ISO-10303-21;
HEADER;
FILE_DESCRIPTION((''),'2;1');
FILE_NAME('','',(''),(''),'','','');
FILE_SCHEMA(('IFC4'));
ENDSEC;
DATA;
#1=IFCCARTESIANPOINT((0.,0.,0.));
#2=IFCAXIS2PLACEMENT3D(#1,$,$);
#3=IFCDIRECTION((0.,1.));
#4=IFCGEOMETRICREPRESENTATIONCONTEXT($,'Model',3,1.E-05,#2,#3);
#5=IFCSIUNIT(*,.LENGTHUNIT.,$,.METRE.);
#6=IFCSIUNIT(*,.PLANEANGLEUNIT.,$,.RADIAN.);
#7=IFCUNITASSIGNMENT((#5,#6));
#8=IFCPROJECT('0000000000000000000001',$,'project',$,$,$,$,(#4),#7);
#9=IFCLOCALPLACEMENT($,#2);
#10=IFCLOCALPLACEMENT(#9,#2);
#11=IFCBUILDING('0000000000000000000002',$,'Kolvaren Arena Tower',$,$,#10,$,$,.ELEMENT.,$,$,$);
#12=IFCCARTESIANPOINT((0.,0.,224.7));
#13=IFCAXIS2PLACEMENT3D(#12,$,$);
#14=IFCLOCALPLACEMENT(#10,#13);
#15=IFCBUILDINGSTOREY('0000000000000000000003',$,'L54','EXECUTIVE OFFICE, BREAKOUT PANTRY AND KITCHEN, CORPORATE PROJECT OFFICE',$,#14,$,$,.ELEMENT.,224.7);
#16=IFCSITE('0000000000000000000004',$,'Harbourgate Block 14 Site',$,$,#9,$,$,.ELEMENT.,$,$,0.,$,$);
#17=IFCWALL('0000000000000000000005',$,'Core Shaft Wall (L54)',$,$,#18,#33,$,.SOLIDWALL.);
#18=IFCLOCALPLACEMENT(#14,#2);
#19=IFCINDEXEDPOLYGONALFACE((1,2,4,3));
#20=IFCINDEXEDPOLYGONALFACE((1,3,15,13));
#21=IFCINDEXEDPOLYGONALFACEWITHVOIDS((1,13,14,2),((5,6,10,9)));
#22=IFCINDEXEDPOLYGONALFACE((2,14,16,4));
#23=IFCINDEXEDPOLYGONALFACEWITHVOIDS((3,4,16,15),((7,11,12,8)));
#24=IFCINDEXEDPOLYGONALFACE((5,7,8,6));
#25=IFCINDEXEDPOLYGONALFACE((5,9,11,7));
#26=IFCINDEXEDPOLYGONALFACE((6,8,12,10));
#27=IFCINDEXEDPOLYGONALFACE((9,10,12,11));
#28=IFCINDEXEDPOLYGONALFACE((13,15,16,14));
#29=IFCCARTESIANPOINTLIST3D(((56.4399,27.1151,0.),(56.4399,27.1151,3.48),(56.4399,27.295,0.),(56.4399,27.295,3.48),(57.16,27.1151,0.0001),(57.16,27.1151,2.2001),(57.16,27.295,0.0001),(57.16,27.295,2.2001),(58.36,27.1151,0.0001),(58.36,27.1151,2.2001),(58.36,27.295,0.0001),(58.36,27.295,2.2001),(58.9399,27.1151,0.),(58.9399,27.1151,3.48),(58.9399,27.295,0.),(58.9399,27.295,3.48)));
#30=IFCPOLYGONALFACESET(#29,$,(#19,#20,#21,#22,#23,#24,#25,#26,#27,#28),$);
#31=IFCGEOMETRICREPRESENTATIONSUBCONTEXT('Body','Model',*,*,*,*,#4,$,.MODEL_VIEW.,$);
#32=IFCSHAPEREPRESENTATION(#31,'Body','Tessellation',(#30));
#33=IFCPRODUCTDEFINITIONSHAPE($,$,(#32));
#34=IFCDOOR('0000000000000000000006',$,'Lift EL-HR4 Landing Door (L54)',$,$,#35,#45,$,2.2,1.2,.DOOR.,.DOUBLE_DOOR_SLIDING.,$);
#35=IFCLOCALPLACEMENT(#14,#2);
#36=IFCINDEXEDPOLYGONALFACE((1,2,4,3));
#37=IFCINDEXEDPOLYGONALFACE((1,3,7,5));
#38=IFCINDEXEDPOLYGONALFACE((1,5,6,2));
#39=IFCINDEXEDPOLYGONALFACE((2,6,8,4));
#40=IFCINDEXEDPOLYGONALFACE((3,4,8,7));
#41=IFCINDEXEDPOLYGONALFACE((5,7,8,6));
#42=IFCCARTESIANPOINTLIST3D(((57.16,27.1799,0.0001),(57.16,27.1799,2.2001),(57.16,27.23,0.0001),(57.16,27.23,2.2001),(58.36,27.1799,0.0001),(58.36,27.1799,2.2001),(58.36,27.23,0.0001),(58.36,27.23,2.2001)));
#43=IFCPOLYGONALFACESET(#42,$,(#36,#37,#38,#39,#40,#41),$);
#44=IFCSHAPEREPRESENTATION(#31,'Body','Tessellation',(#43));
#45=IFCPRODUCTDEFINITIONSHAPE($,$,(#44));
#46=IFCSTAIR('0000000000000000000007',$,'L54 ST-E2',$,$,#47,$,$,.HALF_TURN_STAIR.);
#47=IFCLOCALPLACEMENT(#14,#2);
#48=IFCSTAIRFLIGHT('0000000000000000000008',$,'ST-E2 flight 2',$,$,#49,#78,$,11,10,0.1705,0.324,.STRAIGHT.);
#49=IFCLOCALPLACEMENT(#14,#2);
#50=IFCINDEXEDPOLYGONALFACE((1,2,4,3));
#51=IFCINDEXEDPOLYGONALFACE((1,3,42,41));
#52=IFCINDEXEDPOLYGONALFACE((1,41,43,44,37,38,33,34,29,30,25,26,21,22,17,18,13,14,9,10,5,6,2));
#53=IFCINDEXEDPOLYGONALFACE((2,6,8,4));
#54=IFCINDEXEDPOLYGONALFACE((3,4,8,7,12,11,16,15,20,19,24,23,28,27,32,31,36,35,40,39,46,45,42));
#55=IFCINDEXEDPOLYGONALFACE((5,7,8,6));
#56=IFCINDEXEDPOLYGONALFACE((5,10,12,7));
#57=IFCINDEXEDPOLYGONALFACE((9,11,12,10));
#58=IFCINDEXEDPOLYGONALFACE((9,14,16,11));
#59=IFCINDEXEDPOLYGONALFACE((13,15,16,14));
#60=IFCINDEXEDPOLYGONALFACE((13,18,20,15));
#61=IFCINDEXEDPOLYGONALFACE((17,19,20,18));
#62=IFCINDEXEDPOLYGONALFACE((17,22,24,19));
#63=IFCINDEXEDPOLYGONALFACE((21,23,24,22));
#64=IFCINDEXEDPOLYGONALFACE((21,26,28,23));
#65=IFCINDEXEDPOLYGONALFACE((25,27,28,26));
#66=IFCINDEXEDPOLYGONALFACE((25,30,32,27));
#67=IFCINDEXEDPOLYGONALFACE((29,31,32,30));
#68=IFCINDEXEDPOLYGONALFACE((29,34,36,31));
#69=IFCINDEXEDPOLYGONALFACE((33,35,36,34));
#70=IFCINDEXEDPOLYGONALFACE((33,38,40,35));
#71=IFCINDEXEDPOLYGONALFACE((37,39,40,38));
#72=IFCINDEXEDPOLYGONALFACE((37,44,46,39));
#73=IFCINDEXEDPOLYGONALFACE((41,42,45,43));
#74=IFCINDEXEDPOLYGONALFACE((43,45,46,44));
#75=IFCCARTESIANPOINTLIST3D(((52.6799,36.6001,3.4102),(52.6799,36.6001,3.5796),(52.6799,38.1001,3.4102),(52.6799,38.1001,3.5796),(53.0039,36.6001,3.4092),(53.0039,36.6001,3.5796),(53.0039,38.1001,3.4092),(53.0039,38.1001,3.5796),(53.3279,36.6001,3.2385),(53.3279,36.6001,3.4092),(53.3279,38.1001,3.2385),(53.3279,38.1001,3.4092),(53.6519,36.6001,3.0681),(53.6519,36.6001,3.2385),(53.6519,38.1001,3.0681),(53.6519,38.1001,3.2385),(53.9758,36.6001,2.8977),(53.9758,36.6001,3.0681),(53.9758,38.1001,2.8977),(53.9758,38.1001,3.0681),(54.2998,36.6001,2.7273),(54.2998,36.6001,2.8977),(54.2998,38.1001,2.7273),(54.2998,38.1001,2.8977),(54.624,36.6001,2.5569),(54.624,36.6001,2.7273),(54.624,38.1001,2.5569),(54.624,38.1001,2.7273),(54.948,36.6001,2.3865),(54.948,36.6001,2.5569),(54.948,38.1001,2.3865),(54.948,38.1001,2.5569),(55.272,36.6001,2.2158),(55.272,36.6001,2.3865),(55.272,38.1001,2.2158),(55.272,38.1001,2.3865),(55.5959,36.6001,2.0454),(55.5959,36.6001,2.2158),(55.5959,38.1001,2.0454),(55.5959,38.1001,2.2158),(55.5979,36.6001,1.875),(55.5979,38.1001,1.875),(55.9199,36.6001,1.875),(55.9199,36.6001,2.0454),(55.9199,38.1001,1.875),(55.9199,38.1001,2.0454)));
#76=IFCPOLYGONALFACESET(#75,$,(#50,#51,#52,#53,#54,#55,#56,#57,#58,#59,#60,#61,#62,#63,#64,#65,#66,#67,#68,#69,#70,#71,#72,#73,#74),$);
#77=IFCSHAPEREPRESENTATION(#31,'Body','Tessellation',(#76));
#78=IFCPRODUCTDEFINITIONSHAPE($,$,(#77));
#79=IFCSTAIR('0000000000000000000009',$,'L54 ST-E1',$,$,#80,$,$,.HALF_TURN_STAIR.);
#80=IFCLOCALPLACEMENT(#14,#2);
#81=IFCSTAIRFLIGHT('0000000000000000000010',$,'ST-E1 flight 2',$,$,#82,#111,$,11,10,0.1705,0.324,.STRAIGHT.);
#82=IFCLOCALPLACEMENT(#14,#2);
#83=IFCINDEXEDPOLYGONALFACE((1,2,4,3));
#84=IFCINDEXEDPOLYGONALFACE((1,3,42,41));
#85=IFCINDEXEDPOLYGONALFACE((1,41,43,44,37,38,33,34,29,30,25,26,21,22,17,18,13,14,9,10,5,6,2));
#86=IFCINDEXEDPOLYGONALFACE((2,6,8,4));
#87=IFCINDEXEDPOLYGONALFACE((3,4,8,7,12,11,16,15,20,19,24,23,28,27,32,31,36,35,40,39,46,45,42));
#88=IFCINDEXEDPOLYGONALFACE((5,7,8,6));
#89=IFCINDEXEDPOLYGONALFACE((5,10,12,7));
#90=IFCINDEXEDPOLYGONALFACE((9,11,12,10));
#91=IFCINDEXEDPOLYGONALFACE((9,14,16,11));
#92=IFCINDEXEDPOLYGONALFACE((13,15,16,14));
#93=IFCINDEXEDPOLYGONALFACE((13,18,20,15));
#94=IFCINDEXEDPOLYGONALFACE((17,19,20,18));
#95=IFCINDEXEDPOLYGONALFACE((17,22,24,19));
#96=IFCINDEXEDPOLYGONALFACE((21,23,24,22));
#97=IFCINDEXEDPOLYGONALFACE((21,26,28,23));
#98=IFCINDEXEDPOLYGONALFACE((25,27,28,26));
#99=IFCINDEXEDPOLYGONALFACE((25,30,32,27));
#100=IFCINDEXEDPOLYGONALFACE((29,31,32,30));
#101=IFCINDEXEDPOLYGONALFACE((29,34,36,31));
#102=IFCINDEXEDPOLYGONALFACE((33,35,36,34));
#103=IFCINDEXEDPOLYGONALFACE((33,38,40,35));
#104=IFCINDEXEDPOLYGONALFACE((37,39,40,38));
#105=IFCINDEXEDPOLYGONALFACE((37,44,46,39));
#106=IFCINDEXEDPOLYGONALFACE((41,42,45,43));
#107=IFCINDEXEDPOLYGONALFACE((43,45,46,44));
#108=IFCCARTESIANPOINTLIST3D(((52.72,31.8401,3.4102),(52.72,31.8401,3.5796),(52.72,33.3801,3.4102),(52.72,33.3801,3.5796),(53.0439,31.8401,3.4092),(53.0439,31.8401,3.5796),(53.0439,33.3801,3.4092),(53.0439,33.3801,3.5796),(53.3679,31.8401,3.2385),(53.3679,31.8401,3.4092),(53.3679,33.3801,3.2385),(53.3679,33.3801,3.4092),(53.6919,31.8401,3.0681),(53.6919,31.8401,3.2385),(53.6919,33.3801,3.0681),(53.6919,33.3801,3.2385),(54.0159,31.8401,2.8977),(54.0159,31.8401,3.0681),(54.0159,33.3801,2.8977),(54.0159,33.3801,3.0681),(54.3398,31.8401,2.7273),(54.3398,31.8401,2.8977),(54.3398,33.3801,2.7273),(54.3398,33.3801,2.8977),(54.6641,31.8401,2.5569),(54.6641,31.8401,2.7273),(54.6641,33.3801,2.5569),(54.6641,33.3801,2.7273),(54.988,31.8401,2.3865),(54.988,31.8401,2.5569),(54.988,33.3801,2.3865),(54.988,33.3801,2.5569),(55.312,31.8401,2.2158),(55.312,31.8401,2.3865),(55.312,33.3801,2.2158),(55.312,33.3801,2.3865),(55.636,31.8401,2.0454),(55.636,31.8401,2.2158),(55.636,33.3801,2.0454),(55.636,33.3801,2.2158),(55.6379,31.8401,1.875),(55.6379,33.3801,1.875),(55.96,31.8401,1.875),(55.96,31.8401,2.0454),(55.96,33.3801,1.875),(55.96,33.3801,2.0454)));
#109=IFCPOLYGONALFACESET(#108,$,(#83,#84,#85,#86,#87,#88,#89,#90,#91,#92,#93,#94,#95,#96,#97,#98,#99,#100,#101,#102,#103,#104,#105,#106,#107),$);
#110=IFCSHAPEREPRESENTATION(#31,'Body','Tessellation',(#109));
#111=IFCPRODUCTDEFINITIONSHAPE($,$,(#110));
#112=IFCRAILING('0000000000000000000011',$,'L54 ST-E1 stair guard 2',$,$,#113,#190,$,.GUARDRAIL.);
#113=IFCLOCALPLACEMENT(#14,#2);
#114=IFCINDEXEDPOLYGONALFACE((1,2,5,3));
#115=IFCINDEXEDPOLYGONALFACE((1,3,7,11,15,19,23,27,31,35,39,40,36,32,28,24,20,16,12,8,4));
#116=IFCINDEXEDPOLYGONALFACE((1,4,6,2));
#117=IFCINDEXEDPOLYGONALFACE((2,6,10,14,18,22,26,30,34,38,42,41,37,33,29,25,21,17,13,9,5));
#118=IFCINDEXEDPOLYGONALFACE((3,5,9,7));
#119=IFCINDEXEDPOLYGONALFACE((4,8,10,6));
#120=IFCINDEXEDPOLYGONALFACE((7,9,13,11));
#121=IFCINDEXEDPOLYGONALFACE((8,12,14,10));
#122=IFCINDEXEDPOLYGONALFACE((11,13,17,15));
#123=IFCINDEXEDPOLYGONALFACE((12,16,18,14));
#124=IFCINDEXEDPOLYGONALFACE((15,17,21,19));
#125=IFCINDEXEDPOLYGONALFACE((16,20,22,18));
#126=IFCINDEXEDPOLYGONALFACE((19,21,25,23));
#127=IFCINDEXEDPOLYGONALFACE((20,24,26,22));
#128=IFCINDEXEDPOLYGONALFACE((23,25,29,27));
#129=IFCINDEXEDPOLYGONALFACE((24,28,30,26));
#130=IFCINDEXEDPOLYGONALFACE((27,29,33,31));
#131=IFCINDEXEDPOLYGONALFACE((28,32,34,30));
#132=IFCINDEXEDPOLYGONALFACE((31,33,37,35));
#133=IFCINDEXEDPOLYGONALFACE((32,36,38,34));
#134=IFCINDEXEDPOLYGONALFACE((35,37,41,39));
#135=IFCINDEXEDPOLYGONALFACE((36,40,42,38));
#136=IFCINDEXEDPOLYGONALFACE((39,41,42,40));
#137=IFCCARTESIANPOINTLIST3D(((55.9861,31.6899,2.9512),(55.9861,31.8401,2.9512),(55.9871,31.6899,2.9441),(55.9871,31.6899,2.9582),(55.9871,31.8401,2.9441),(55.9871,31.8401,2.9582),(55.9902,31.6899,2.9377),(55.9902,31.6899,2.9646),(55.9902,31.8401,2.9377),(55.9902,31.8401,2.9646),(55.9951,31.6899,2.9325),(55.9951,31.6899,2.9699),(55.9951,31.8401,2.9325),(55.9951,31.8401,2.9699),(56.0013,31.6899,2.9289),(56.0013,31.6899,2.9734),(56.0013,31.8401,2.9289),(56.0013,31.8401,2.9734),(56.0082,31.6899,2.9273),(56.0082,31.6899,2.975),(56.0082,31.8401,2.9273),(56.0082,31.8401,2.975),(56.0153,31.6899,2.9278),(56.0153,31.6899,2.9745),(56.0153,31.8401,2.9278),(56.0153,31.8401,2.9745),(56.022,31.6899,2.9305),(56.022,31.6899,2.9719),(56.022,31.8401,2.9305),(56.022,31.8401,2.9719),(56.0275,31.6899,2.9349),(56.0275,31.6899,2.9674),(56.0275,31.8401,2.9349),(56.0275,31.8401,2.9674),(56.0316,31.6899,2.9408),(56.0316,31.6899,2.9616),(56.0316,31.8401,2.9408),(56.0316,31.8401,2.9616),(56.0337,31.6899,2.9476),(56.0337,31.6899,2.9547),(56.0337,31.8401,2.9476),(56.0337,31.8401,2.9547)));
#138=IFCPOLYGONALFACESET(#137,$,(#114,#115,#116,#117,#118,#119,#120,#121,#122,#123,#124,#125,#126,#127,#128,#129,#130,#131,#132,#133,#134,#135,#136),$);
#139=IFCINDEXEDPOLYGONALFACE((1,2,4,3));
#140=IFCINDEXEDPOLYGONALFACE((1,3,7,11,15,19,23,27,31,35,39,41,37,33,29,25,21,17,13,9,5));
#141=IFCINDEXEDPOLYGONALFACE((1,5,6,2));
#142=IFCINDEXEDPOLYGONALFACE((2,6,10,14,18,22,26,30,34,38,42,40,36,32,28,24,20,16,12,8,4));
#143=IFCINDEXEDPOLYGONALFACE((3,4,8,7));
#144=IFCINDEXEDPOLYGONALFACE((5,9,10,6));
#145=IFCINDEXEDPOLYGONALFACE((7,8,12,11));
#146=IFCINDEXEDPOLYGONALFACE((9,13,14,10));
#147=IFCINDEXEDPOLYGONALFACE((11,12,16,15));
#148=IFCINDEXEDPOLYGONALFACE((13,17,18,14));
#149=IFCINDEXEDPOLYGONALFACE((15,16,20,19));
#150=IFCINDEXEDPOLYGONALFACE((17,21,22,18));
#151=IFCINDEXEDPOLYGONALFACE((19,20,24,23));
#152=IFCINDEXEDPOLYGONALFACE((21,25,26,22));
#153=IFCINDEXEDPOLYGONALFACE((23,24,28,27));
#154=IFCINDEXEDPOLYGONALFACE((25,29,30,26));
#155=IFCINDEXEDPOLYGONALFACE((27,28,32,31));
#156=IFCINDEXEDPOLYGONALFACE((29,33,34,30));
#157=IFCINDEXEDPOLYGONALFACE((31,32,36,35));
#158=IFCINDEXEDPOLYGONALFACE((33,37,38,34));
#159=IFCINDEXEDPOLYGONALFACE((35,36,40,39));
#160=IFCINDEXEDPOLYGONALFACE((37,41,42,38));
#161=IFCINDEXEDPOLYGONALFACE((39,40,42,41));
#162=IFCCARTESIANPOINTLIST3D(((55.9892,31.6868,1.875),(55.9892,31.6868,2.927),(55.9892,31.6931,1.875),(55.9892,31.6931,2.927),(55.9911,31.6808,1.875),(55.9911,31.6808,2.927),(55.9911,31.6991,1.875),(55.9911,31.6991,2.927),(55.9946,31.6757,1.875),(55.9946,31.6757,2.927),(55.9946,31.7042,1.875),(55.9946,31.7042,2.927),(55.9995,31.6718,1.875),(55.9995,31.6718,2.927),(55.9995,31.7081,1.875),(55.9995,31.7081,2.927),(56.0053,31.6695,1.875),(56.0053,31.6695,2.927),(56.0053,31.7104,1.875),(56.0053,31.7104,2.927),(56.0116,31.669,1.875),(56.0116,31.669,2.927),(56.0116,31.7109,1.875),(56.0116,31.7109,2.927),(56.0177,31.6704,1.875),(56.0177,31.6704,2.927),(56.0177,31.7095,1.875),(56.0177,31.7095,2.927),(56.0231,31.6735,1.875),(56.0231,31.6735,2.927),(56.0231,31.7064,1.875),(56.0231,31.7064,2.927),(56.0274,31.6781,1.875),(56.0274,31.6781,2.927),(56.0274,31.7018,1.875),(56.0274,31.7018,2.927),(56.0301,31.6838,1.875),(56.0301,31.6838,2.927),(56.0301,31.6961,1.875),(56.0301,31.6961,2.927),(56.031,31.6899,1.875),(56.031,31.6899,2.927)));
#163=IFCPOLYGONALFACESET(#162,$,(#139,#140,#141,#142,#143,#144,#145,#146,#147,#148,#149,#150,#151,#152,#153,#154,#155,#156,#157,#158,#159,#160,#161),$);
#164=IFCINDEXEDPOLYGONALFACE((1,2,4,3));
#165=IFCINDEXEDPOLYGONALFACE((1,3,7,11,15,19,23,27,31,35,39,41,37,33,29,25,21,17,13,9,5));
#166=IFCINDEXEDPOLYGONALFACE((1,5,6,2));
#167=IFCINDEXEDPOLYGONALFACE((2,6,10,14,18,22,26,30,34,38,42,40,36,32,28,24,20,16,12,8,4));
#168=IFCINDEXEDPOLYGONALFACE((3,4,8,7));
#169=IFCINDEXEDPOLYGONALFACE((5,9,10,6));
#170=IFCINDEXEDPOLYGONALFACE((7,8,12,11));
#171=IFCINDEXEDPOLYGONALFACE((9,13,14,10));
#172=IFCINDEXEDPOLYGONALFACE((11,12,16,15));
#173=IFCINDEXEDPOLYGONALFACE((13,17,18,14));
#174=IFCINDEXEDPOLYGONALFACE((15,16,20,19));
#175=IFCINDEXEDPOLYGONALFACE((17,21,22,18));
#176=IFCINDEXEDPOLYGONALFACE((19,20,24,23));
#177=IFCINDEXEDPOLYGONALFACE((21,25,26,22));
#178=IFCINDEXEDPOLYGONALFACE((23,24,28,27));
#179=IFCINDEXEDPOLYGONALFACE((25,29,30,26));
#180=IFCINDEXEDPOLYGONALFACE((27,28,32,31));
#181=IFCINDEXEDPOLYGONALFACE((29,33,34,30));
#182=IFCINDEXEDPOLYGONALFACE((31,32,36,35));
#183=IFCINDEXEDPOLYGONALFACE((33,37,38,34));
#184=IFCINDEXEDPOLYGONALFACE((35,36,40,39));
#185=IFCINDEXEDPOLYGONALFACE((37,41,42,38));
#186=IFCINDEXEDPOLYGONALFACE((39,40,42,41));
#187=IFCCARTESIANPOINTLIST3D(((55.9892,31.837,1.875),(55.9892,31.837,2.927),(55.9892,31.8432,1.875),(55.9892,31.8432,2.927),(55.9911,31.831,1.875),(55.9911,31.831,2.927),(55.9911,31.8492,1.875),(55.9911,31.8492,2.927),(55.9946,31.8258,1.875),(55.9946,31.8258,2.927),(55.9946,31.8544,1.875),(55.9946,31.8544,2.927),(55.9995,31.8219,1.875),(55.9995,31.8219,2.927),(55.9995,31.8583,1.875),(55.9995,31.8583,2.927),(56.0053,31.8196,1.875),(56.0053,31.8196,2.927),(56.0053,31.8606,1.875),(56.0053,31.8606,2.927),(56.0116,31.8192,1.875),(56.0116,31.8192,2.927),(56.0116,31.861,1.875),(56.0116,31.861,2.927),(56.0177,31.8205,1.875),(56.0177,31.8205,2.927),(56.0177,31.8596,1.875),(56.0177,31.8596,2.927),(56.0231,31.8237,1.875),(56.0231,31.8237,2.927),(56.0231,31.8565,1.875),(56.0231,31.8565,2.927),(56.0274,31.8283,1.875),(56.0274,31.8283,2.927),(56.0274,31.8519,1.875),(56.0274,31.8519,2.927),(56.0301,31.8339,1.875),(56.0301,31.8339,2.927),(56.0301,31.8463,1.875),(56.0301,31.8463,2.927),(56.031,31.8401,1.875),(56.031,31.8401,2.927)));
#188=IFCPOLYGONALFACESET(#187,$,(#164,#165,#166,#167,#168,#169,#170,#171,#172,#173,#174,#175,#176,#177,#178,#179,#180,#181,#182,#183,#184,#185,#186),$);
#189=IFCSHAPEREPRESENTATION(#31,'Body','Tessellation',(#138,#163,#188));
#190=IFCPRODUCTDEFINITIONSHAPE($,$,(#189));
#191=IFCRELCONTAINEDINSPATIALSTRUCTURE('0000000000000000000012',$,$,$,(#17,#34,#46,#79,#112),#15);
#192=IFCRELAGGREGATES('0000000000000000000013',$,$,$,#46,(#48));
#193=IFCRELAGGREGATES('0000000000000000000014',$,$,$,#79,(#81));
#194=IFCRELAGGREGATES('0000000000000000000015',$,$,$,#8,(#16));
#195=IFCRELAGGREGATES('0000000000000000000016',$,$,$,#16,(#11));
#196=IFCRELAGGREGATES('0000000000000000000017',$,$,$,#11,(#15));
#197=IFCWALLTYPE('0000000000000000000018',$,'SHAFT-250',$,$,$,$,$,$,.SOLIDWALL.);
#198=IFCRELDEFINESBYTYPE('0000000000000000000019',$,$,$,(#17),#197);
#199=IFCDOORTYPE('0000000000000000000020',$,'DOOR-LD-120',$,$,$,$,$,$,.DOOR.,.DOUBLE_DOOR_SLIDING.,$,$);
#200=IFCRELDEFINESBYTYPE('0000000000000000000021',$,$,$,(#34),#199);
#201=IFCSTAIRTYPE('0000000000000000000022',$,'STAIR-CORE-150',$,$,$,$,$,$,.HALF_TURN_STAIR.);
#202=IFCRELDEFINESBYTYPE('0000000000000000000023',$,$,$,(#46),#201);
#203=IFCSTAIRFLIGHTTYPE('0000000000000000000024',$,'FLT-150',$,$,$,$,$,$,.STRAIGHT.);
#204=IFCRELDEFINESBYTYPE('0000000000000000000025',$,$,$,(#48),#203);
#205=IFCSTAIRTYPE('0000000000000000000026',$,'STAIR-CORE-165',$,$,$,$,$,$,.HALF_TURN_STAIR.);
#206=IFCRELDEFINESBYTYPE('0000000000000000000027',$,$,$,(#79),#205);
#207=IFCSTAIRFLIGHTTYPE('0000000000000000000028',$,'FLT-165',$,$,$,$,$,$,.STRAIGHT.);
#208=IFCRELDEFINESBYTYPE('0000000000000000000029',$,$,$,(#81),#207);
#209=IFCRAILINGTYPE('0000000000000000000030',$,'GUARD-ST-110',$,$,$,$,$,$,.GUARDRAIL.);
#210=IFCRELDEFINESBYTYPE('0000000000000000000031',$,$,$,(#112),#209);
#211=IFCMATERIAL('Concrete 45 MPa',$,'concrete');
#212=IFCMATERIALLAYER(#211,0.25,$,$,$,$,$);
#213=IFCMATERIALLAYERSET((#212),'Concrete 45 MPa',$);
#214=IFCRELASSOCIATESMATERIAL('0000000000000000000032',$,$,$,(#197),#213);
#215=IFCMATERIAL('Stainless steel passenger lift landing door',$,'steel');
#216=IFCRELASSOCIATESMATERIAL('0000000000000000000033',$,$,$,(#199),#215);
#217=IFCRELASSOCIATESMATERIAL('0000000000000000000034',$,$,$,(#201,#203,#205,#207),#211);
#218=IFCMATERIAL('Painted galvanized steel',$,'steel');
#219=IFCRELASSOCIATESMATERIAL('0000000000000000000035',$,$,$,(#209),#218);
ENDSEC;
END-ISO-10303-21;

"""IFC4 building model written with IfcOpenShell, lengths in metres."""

from ifc_helpers import new_model, si_unit, direction, frame, frame_2d, origin, origin_2d, place, context, subcontext, project, spatial, polyline, rectangle, circle, outline, extrude, material, layer, layer_set, type_object, element, fill, aggregate, save


model = new_model("IFC4")

# Units and contexts
model_context = context("Model", 3, precision=1e-05, world=origin(), true_north=direction((0.0, 1.0)))
body_context = subcontext(model_context, "Body", "Model", "MODEL_VIEW")
ifc_project = project(units=[si_unit("LENGTHUNIT", "METRE"), si_unit("PLANEANGLEUNIT", "RADIAN")], contexts=[model_context])

# Site, building, storey
site_placement = place(None, origin())
site = spatial("IfcSite", under=ifc_project, at=site_placement, Name="Harbourgate Block 14 Site", CompositionType="ELEMENT", RefElevation=0.0)
building_placement = place(site_placement, origin())
building = spatial("IfcBuilding", under=site, at=building_placement, Name="Kolvaren Arena Tower", CompositionType="ELEMENT")
storey_placement = place(building_placement, frame((0.0, 0.0, 224.7)))
storey = spatial("IfcBuildingStorey", under=building, at=storey_placement, Name="L54", Description="EXECUTIVE OFFICE, BREAKOUT PANTRY AND KITCHEN, CORPORATE PROJECT OFFICE", CompositionType="ELEMENT", Elevation=224.7)

# Shared definitions
ifc_material_1 = material(Name="Concrete 45 MPa", Category="concrete")
ifc_layer = layer(ifc_material_1, 0.25)
ifc_layer_set = layer_set([ifc_layer], Name="Concrete 45 MPa")
wall_type = type_object("IfcWallType", Name="SHAFT-250", PredefinedType="SOLIDWALL", material=ifc_layer_set)

# Wall, opening, door
wall_1_placement = place(storey_placement, frame((56.4399, 27.2051, 0.0), z_axis=(0.0, 0.0, 1.0), x_axis=(1.0, 0.0, 0.0)))
wall_1 = element("IfcWall", 1, at=wall_1_placement, inside=storey, type_object=wall_type, Name="Core Shaft Wall (L54)", PredefinedType="SOLIDWALL", context=body_context, shape_type="SweptSolid", body=[
    extrude(rectangle(XDim=2.5, YDim=0.1799, at=frame_2d((1.25, 0.0))), origin(), (0.0, 0.0, 1.0), 3.48),
])
opening_1_placement = place(wall_1_placement, frame((0.72, 0.0, 0.0)))
opening_1 = element("IfcOpeningElement", 2, at=opening_1_placement, cuts=wall_1, PredefinedType="OPENING", context=body_context, shape_type="SweptSolid", body=[
    extrude(rectangle(XDim=1.2, YDim=2.2, at=frame_2d((0.6001, 1.1001))), frame((0.0, 0.0999, 0.0), z_axis=(0.0, -1.0, 0.0), x_axis=(1.0, 0.0, 0.0)), (0.0, 0.0, 1.0), 0.2),
])
ifc_material_2 = material(Name="Stainless steel passenger lift landing door", Category="steel")
door_type_1 = type_object("IfcDoorType", Name="DOOR-LD-120", OperationType="DOUBLE_DOOR_SLIDING", PredefinedType="DOOR", material=ifc_material_2)
door_1_placement = place(opening_1_placement, origin())
door_1 = element("IfcDoor", 3, at=door_1_placement, inside=storey, type_object=door_type_1, Name="Lift EL-HR4 Landing Door (L54)", OperationType="DOUBLE_DOOR_SLIDING", OverallHeight=2.2, OverallWidth=1.2, PredefinedType="DOOR", context=body_context, shape_type="SweptSolid", body=[
    extrude(rectangle(XDim=1.2, YDim=2.2, at=frame_2d((0.6001, 1.1001))), frame((0.0, 0.0249, 0.0), z_axis=(0.0, -1.0, 0.0), x_axis=(1.0, 0.0, 0.0)), (0.0, 0.0, 1.0), 0.05),
])
fill(opening_1, door_1)

# Stairs, stair flights
stair_type_1 = type_object("IfcStairType", Name="STAIR-CORE-150", PredefinedType="HALF_TURN_STAIR", material=ifc_material_1)
stair_1_placement = place(storey_placement, origin())
stair_1 = element("IfcStair", 4, at=stair_1_placement, inside=storey, type_object=stair_type_1, Name="L54 ST-E2", PredefinedType="HALF_TURN_STAIR")
stair_flight_type_1 = type_object("IfcStairFlightType", Name="FLT-150", PredefinedType="STRAIGHT", material=ifc_material_1)
stair_flight_1_placement = place(storey_placement, frame((55.9199, 37.3501, 1.875), z_axis=(0.0, 0.0, 1.0), x_axis=(-1.0, 0.0, 0.0)))
stair_flight_1 = element("IfcStairFlight", 5, at=stair_flight_1_placement, type_object=stair_flight_type_1, Name="ST-E2 flight 2", NumberOfRisers=11, NumberOfTreads=10, PredefinedType="STRAIGHT", RiserHeight=0.1705, TreadLength=0.324, context=body_context, shape_type="SweptSolid", body=[
    extrude(outline(polyline([(0.0, 0.0), (0.0, 0.1704), (0.324, 0.1704), (0.324, 0.3408), (0.6479, 0.3408), (0.6479, 0.5115), (0.9719, 0.5115), (0.9719, 0.6819), (1.2959, 0.6819), (1.2959, 0.8523), (1.6201, 0.8523), (1.6201, 1.0227), (1.9441, 1.0227), (1.9441, 1.1931), (2.2681, 1.1931), (2.2681, 1.3635), (2.592, 1.3635), (2.592, 1.5342), (2.916, 1.5342), (2.916, 1.7046), (3.24, 1.7046), (3.24, 1.875), (3.24, 1.5352), (0.322, 0.0), (0.0, 0.0)])), frame((0.0, 0.75, 0.0), z_axis=(0.0, -1.0, 0.0), x_axis=(1.0, 0.0, 0.0)), (0.0, 0.0, 1.0), 1.5),
])
aggregate(stair_1, [stair_flight_1])
stair_type_2 = type_object("IfcStairType", Name="STAIR-CORE-165", PredefinedType="HALF_TURN_STAIR", material=ifc_material_1)
stair_2_placement = place(storey_placement, origin())
stair_2 = element("IfcStair", 6, at=stair_2_placement, inside=storey, type_object=stair_type_2, Name="L54 ST-E1", PredefinedType="HALF_TURN_STAIR")
stair_flight_type_2 = type_object("IfcStairFlightType", Name="FLT-165", PredefinedType="STRAIGHT", material=ifc_material_1)
stair_flight_2_placement = place(storey_placement, frame((55.96, 32.6101, 1.875), z_axis=(0.0, 0.0, 1.0), x_axis=(-1.0, 0.0, 0.0)))
stair_flight_2 = element("IfcStairFlight", 7, at=stair_flight_2_placement, type_object=stair_flight_type_2, Name="ST-E1 flight 2", NumberOfRisers=11, NumberOfTreads=10, PredefinedType="STRAIGHT", RiserHeight=0.1705, TreadLength=0.324, context=body_context, shape_type="SweptSolid", body=[
    extrude(outline(polyline([(0.0, 0.0), (0.0, 0.1704), (0.324, 0.1704), (0.324, 0.3408), (0.6479, 0.3408), (0.6479, 0.5115), (0.9719, 0.5115), (0.9719, 0.6819), (1.2959, 0.6819), (1.2959, 0.8523), (1.6201, 0.8523), (1.6201, 1.0227), (1.9441, 1.0227), (1.9441, 1.1931), (2.2681, 1.1931), (2.2681, 1.3635), (2.592, 1.3635), (2.592, 1.5342), (2.916, 1.5342), (2.916, 1.7046), (3.24, 1.7046), (3.24, 1.875), (3.24, 1.5352), (0.322, 0.0), (0.0, 0.0)])), frame((0.0, 0.77, 0.0), z_axis=(0.0, -1.0, 0.0), x_axis=(1.0, 0.0, 0.0)), (0.0, 0.0, 1.0), 1.54),
])
aggregate(stair_2, [stair_flight_2])

# Railing
ifc_material_3 = material(Name="Painted galvanized steel", Category="steel")
railing_type_1 = type_object("IfcRailingType", Name="GUARD-ST-110", PredefinedType="GUARDRAIL", material=ifc_material_3)
railing_1_placement = place(storey_placement, frame((56.01, 31.6899, 1.875)))
element("IfcRailing", 8, at=railing_1_placement, inside=storey, type_object=railing_type_1, Name="L54 ST-E1 stair guard 2", PredefinedType="GUARDRAIL", context=body_context, shape_type="SweptSolid", body=[
    extrude(circle(Radius=0.0239, at=origin_2d()), frame((0.0, 0.0, 1.0762), z_axis=(0.0, 1.0, 0.0), x_axis=(-1.0, 0.0, 0.0)), (0.0, 0.0, 1.0), 0.1501),
    extrude(circle(Radius=0.021, at=origin_2d()), origin(), (0.0, 0.0, 1.0), 1.052),
    extrude(circle(Radius=0.021, at=origin_2d()), frame((0.0, 0.1501, 0.0)), (0.0, 0.0, 1.0), 1.052),
])

save(model, "model.ifc")
